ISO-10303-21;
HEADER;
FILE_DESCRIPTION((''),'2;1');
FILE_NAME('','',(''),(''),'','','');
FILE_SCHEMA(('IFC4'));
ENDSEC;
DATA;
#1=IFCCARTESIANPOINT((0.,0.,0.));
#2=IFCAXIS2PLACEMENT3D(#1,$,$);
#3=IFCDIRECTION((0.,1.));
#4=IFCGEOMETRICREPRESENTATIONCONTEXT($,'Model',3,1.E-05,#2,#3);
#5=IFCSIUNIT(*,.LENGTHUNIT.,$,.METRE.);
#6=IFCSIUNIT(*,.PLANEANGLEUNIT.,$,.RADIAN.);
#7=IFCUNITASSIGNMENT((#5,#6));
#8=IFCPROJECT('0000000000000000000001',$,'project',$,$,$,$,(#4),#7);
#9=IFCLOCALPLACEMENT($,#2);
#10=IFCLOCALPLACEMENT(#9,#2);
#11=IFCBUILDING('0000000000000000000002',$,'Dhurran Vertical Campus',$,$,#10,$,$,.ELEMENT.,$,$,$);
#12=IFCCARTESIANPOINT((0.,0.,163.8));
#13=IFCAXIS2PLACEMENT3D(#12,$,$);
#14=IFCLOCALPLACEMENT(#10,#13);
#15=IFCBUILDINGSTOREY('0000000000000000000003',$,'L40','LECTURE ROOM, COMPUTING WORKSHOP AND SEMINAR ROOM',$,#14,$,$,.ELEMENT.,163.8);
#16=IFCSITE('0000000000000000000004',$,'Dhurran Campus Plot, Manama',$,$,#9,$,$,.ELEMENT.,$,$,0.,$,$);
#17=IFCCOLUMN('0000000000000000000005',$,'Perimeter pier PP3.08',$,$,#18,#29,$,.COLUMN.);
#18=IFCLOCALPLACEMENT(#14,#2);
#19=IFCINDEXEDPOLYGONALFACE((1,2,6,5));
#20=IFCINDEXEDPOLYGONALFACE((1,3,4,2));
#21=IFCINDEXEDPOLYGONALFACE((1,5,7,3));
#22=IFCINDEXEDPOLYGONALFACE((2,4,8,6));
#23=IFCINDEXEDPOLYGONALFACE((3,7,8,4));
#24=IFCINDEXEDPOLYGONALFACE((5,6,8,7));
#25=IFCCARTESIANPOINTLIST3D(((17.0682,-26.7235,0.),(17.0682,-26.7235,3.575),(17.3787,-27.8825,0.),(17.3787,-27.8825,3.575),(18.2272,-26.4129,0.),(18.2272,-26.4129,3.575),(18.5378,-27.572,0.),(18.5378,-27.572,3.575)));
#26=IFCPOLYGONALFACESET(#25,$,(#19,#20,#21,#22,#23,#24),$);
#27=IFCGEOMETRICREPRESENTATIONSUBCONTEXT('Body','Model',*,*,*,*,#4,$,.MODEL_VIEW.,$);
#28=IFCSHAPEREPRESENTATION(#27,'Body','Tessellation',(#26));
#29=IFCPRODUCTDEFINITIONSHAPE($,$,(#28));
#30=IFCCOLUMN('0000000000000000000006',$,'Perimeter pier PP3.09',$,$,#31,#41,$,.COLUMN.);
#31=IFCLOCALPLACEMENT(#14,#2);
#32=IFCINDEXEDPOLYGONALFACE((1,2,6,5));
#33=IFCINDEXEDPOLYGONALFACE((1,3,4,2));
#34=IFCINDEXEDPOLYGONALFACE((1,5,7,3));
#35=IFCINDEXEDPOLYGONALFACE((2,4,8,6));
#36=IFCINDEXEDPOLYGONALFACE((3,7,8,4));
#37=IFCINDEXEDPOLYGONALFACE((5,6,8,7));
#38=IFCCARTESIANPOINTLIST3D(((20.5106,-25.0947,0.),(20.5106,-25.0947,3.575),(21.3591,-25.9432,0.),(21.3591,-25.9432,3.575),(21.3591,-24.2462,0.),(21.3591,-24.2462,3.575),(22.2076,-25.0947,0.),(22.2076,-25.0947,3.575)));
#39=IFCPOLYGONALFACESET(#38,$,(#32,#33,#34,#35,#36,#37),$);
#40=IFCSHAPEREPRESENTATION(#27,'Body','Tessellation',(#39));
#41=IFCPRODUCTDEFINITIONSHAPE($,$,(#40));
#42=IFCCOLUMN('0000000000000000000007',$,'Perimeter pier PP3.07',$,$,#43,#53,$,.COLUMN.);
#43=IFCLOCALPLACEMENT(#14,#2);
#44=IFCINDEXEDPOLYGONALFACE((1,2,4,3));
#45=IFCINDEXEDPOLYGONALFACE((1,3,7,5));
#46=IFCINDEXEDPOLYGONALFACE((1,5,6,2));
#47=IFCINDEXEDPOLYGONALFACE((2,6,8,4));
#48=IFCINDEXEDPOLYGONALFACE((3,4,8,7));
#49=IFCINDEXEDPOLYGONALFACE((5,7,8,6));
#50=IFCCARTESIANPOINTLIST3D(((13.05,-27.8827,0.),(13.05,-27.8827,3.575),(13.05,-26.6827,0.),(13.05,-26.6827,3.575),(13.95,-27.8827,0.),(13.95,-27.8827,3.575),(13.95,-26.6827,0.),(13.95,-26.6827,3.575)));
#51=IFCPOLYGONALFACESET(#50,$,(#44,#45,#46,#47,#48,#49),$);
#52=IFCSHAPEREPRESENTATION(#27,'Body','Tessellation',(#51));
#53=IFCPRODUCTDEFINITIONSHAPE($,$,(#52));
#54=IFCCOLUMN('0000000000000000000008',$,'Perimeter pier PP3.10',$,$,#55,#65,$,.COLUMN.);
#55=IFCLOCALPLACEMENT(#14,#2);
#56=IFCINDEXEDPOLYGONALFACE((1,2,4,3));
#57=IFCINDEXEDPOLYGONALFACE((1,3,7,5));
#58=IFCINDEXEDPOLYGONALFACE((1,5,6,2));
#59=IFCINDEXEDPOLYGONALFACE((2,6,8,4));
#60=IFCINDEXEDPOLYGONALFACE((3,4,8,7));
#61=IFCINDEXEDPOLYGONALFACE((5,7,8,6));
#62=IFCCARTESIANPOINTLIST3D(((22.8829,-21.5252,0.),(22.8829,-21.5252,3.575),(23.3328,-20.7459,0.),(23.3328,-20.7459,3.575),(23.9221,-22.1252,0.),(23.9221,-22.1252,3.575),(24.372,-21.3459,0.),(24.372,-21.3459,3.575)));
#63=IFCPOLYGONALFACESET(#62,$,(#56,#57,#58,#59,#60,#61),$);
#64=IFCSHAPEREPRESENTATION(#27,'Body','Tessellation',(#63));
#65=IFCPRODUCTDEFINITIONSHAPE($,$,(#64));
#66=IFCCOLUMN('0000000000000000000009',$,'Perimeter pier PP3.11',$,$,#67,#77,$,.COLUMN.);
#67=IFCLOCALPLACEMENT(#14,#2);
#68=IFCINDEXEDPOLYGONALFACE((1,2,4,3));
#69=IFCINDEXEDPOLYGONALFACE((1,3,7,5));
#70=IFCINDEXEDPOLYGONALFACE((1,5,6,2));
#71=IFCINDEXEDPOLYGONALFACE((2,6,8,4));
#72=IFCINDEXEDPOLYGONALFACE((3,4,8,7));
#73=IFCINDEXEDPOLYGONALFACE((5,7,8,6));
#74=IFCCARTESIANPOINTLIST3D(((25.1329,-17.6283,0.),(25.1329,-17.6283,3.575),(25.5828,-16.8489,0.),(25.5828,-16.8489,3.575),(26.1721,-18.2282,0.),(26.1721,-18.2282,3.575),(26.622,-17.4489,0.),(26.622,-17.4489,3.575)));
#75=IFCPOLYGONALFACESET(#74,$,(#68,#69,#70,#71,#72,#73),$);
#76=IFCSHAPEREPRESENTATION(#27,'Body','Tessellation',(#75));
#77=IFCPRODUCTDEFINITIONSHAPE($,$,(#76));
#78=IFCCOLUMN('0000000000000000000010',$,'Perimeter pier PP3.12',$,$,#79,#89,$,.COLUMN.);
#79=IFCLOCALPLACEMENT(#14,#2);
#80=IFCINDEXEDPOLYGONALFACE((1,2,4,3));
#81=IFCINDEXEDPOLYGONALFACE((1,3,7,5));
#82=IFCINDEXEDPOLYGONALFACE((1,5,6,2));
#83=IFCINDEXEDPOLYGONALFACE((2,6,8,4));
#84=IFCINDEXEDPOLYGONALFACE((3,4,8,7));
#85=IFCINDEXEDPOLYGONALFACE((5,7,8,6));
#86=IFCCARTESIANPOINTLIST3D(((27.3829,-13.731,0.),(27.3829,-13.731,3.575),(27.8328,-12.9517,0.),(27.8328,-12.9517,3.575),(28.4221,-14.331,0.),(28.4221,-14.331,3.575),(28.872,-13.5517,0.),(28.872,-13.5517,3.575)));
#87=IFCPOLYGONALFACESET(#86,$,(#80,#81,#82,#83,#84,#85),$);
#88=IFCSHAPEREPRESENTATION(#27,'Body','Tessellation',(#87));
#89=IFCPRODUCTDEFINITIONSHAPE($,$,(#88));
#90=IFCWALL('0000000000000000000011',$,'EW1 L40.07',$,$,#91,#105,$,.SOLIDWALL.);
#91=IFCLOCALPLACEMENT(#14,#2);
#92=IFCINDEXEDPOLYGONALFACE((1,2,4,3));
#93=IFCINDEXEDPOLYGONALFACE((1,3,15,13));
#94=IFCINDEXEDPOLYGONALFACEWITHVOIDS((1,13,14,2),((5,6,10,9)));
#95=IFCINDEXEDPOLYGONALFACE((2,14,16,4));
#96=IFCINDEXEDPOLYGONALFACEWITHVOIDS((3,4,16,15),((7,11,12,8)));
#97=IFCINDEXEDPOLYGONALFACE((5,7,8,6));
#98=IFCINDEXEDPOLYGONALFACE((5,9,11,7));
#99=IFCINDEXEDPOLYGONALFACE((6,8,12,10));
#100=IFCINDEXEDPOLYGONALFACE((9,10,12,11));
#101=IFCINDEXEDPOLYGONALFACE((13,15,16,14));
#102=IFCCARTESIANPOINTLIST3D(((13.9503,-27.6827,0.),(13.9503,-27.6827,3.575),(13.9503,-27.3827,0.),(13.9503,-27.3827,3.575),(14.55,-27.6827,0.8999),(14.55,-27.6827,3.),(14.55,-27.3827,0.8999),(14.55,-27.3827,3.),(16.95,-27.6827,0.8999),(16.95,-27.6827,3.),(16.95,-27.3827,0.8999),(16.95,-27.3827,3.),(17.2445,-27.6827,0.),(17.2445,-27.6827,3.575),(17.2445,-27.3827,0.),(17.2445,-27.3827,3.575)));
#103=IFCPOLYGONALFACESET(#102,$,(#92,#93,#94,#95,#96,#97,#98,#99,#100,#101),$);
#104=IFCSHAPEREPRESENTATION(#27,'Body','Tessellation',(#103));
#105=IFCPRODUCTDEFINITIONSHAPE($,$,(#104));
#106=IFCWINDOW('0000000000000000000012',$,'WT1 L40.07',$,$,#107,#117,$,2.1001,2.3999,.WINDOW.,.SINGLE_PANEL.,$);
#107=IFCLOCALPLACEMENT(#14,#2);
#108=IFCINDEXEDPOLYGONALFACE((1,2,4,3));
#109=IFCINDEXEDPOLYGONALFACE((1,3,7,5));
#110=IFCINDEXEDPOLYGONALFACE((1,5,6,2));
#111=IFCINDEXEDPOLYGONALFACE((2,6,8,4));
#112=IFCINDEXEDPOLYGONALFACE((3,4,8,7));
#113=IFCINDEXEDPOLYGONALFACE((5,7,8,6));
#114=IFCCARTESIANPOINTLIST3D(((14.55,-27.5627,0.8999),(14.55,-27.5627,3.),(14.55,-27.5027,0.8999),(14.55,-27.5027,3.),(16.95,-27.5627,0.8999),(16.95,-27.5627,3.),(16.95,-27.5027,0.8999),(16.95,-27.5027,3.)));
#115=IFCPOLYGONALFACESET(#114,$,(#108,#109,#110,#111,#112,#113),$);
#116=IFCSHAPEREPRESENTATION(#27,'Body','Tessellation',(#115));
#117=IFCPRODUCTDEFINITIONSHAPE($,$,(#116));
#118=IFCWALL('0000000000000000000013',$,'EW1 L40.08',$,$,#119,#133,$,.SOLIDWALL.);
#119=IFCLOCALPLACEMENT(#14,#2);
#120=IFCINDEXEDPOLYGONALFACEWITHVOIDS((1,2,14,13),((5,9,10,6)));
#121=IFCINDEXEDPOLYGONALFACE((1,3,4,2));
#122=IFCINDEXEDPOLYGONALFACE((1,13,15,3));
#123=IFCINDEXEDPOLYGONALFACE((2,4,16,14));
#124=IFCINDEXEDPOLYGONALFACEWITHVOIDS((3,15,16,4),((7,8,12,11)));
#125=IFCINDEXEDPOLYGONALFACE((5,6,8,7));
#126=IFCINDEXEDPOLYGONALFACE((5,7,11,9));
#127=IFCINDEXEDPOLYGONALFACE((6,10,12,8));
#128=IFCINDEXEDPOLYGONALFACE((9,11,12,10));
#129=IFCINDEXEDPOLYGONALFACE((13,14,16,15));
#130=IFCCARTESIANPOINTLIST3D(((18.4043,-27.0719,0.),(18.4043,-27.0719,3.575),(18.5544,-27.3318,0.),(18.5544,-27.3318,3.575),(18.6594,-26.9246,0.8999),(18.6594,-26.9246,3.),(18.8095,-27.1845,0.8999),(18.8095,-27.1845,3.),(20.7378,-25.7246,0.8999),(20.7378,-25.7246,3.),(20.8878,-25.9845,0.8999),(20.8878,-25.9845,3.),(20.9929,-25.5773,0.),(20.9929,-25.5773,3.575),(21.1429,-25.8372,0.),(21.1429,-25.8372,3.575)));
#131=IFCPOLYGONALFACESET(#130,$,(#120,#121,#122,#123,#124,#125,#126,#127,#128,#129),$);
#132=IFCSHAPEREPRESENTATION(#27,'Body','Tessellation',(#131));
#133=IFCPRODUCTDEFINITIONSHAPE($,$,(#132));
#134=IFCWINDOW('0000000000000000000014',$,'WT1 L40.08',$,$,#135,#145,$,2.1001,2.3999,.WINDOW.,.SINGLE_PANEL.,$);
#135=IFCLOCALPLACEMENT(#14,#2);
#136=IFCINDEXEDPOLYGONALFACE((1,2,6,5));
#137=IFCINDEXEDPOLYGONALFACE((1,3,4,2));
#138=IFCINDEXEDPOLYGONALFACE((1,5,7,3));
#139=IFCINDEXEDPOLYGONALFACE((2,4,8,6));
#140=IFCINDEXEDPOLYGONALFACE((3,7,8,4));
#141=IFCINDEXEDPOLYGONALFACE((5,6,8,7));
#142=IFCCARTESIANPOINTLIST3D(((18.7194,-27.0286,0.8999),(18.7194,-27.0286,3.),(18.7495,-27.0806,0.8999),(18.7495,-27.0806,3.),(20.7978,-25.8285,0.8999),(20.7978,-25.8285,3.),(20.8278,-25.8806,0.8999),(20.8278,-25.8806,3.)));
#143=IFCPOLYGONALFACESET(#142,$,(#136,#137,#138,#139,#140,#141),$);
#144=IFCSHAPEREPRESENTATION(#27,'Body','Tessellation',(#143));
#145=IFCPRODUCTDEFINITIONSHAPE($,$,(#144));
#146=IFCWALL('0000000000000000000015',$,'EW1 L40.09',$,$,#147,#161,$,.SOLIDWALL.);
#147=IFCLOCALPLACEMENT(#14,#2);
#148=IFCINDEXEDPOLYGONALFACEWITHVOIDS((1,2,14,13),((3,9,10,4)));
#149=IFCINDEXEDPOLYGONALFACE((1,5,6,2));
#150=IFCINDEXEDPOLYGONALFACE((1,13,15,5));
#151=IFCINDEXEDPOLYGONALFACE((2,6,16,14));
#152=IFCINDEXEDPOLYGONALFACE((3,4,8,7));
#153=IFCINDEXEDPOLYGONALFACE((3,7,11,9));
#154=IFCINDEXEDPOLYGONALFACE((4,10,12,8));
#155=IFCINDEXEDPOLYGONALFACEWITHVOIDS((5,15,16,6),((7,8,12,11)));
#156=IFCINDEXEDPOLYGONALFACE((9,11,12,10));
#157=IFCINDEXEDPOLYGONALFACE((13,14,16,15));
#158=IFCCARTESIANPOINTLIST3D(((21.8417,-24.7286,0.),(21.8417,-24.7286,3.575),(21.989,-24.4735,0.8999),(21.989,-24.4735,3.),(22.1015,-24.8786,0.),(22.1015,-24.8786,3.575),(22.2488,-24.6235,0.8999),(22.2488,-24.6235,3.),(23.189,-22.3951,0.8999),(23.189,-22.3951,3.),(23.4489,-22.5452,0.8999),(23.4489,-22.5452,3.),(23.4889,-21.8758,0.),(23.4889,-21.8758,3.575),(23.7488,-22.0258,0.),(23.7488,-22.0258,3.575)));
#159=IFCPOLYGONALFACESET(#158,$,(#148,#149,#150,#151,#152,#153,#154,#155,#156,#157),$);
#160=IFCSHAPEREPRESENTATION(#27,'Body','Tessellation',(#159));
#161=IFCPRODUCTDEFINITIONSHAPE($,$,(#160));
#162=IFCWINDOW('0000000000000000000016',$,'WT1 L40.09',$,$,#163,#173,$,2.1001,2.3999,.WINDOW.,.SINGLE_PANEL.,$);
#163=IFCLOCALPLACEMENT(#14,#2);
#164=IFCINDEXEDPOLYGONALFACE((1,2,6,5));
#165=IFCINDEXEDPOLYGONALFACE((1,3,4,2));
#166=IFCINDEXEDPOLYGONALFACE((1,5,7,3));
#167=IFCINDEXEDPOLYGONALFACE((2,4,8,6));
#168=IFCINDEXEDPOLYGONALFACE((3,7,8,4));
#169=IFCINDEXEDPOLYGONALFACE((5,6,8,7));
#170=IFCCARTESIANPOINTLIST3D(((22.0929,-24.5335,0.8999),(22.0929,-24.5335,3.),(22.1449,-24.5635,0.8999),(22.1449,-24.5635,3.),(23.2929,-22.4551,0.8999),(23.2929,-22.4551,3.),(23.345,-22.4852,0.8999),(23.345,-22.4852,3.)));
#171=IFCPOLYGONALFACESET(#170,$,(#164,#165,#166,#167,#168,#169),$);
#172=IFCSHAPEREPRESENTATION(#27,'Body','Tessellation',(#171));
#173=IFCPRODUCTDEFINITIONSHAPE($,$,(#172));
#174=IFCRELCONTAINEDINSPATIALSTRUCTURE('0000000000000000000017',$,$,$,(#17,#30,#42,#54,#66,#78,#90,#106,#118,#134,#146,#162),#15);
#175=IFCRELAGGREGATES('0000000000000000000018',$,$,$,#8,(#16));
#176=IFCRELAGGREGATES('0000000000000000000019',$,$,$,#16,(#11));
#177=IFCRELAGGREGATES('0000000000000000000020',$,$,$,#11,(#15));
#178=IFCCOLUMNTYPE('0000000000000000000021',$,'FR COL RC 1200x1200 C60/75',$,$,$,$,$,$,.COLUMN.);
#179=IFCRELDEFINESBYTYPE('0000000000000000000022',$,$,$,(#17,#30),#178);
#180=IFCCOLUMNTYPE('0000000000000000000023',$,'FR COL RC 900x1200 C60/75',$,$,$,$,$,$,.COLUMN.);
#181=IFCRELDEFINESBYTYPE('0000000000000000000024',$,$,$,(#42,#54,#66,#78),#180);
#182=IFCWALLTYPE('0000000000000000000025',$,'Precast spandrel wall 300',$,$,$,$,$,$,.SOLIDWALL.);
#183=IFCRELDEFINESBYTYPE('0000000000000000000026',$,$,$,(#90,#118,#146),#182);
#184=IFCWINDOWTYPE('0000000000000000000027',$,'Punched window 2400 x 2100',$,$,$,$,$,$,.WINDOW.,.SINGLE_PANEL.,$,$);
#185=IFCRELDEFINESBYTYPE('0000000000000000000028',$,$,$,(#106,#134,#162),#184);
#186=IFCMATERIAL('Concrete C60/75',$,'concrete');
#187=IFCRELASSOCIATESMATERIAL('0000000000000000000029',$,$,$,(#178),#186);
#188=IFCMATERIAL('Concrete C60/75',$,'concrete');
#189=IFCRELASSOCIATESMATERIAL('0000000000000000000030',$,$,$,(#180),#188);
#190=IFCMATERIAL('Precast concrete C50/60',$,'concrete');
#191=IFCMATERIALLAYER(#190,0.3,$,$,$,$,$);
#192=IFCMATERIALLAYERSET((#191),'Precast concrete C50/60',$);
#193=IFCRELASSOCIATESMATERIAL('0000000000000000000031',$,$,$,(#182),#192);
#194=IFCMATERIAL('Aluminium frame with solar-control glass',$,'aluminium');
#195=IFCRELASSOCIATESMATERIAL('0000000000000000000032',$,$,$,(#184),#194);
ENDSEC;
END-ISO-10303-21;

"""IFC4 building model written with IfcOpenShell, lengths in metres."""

from ifc_helpers import new_model, si_unit, direction, frame, frame_2d, origin, origin_2d, place, context, subcontext, project, spatial, rectangle, extrude, material, layer, layer_set, material_profile, profile_set, type_object, element, fill, save


model = new_model("IFC4")

# Units and contexts
model_context = context("Model", 3, precision=1e-05, world=origin(), true_north=direction((0.0, 1.0)))
body_context = subcontext(model_context, "Body", "Model", "MODEL_VIEW")
ifc_project = project(units=[si_unit("LENGTHUNIT", "METRE"), si_unit("PLANEANGLEUNIT", "RADIAN")], contexts=[model_context])

# Site, building, storey
site_placement = place(None, origin())
site = spatial("IfcSite", under=ifc_project, at=site_placement, Name="Dhurran Campus Plot, Manama", CompositionType="ELEMENT", RefElevation=0.0)
building_placement = place(site_placement, origin())
building = spatial("IfcBuilding", under=site, at=building_placement, Name="Dhurran Vertical Campus", CompositionType="ELEMENT")
storey_placement = place(building_placement, frame((0.0, 0.0, 163.8)))
storey = spatial("IfcBuildingStorey", under=building, at=storey_placement, Name="L40", Description="LECTURE ROOM, COMPUTING WORKSHOP AND SEMINAR ROOM", CompositionType="ELEMENT", Elevation=163.8)

# Columns
ifc_material_1 = material(Name="Concrete C60/75", Category="concrete")
ifc_material_profile_1 = material_profile(ifc_material_1, rectangle(XDim=1.2, YDim=1.2, at=origin_2d()), Name="RC 1200x1200")
ifc_profile_set_1 = profile_set([ifc_material_profile_1], Name="Concrete C60/75")
column_type_1 = type_object("IfcColumnType", Name="FR COL RC 1200x1200 C60/75", PredefinedType="COLUMN", material=ifc_profile_set_1)
for number, where, z_axis, x_axis, name in (
    (1, (17.803, -27.1477, 0.0), (0.0, 0.0, 1.0), (0.965926, 0.258819, 0.0), "Perimeter pier PP3.08"),
    (2, (21.3591, -25.0947, 0.0), (0.0, 0.0, 1.0), (0.707107, 0.707107, 0.0), "Perimeter pier PP3.09"),
):
    element("IfcColumn", number, at=place(storey_placement, frame(where, z_axis=z_axis, x_axis=x_axis)), inside=storey, type_object=column_type_1, Name=name, PredefinedType="COLUMN", context=body_context, shape_type="SweptSolid", body=[
        extrude(rectangle(XDim=1.2, YDim=1.2, at=origin_2d()), origin(), (0.0, 0.0, 1.0), 3.575),
    ])
ifc_material_2 = material(Name="Concrete C60/75", Category="concrete")
ifc_material_profile_2 = material_profile(ifc_material_2, rectangle(XDim=0.8999, YDim=1.2, at=origin_2d()), Name="RC 900x1200")
ifc_profile_set_2 = profile_set([ifc_material_profile_2], Name="Concrete C60/75")
column_type_2 = type_object("IfcColumnType", Name="FR COL RC 900x1200 C60/75", PredefinedType="COLUMN", material=ifc_profile_set_2)
for number, where, z_axis, x_axis, name in (
    (3, (13.5, -27.2827, 0.0), (0.0, 0.0, 1.0), (1.0, 0.0, 0.0), "Perimeter pier PP3.07"),
    (4, (23.6274, -21.4355, 0.0), (0.0, 0.0, 1.0), (0.5, 0.866025, 0.0), "Perimeter pier PP3.10"),
    (5, (25.8774, -17.5386, 0.0), (0.0, 0.0, 1.0), (0.5, 0.866025, 0.0), "Perimeter pier PP3.11"),
    (6, (28.1274, -13.6414, 0.0), (0.0, 0.0, 1.0), (0.5, 0.866025, 0.0), "Perimeter pier PP3.12"),
):
    element("IfcColumn", number, at=place(storey_placement, frame(where, z_axis=z_axis, x_axis=x_axis)), inside=storey, type_object=column_type_2, Name=name, PredefinedType="COLUMN", context=body_context, shape_type="SweptSolid", body=[
        extrude(rectangle(XDim=0.8999, YDim=1.2, at=origin_2d()), origin(), (0.0, 0.0, 1.0), 3.575),
    ])

# Walls, openings, windows
ifc_material_3 = material(Name="Precast concrete C50/60", Category="concrete")
ifc_layer_1 = layer(ifc_material_3, 0.3)
ifc_layer_set_1 = layer_set([ifc_layer_1], Name="Precast concrete C50/60")
wall_type_1 = type_object("IfcWallType", Name="Precast spandrel wall 300", PredefinedType="SOLIDWALL", material=ifc_layer_set_1)
wall_1_placement = place(storey_placement, frame((13.9504, -27.5327, 0.0), z_axis=(0.0, 0.0, 1.0), x_axis=(1.0, 0.0, 0.0)))
wall_1 = element("IfcWall", 7, at=wall_1_placement, inside=storey, type_object=wall_type_1, Name="EW1 L40.07", PredefinedType="SOLIDWALL", context=body_context, shape_type="SweptSolid", body=[
    extrude(rectangle(XDim=3.2942, YDim=0.3, at=frame_2d((1.647, 0.0))), origin(), (0.0, 0.0, 1.0), 3.575),
])
opening_1_placement = place(wall_1_placement, frame((0.5996, 0.0, 0.8999)))
opening_1 = element("IfcOpeningElement", 8, at=opening_1_placement, cuts=wall_1, PredefinedType="OPENING", context=body_context, shape_type="SweptSolid", body=[
    extrude(rectangle(XDim=2.3999, YDim=2.1001, at=frame_2d((1.2, 1.05))), frame((0.0, 0.1599, 0.0), z_axis=(0.0, -1.0, 0.0), x_axis=(1.0, 0.0, 0.0)), (0.0, 0.0, 1.0), 0.3201),
])
ifc_material_4 = material(Name="Aluminium frame with solar-control glass", Category="aluminium")
window_type = type_object("IfcWindowType", Name="Punched window 2400 x 2100", PartitioningType="SINGLE_PANEL", PredefinedType="WINDOW", material=ifc_material_4)
window_1_placement = place(opening_1_placement, origin())
window_1 = element("IfcWindow", 9, at=window_1_placement, inside=storey, type_object=window_type, Name="WT1 L40.07", OverallHeight=2.1001, OverallWidth=2.3999, PartitioningType="SINGLE_PANEL", PredefinedType="WINDOW", context=body_context, shape_type="SweptSolid", body=[
    extrude(rectangle(XDim=2.3999, YDim=2.1001, at=frame_2d((1.2, 1.05))), frame((0.0, 0.03, 0.0), z_axis=(0.0, -1.0, 0.0), x_axis=(1.0, 0.0, 0.0)), (0.0, 0.0, 1.0), 0.0601),
])
fill(opening_1, window_1)
wall_2_placement = place(storey_placement, frame((18.4792, -27.2019, 0.0), z_axis=(0.0, 0.0, 1.0), x_axis=(0.866013, 0.500022, 0.0)))
wall_2 = element("IfcWall", 10, at=wall_2_placement, inside=storey, type_object=wall_type_1, Name="EW1 L40.08", PredefinedType="SOLIDWALL", context=body_context, shape_type="SweptSolid", body=[
    extrude(rectangle(XDim=2.989, YDim=0.3, at=frame_2d((1.4946, 0.0))), origin(), (0.0, 0.0, 1.0), 3.575),
])
opening_2_placement = place(wall_2_placement, frame((0.2947, 0.0, 0.8999)))
opening_2 = element("IfcOpeningElement", 11, at=opening_2_placement, cuts=wall_2, PredefinedType="OPENING", context=body_context, shape_type="SweptSolid", body=[
    extrude(rectangle(XDim=2.3999, YDim=2.1001, at=frame_2d((1.2, 1.05))), frame((0.0, 0.1599, 0.0), z_axis=(0.0, -1.0, 0.0), x_axis=(1.0, 0.0, 0.0)), (0.0, 0.0, 1.0), 0.3201),
])
window_2_placement = place(opening_2_placement, origin())
window_2 = element("IfcWindow", 12, at=window_2_placement, inside=storey, type_object=window_type, Name="WT1 L40.08", OverallHeight=2.1001, OverallWidth=2.3999, PartitioningType="SINGLE_PANEL", PredefinedType="WINDOW", context=body_context, shape_type="SweptSolid", body=[
    extrude(rectangle(XDim=2.3999, YDim=2.1001, at=frame_2d((1.2, 1.05))), frame((0.0, 0.03, 0.0), z_axis=(0.0, -1.0, 0.0), x_axis=(1.0, 0.0, 0.0)), (0.0, 0.0, 1.0), 0.0601),
])
fill(opening_2, window_2)
wall_3_placement = place(storey_placement, frame((21.9717, -24.8035, 0.0), z_axis=(0.0, 0.0, 1.0), x_axis=(0.500037, 0.866004, 0.0)))
wall_3 = element("IfcWall", 13, at=wall_3_placement, inside=storey, type_object=wall_type_1, Name="EW1 L40.09", PredefinedType="SOLIDWALL", context=body_context, shape_type="SweptSolid", body=[
    extrude(rectangle(XDim=3.2942, YDim=0.3, at=frame_2d((1.647, 0.0))), origin(), (0.0, 0.0, 1.0), 3.575),
])
opening_3_placement = place(wall_3_placement, frame((0.2944, 0.0, 0.8999)))
opening_3 = element("IfcOpeningElement", 14, at=opening_3_placement, cuts=wall_3, PredefinedType="OPENING", context=body_context, shape_type="SweptSolid", body=[
    extrude(rectangle(XDim=2.3999, YDim=2.1001, at=frame_2d((1.2, 1.05))), frame((0.0, 0.1599, 0.0), z_axis=(0.0, -1.0, 0.0), x_axis=(1.0, 0.0, 0.0)), (0.0, 0.0, 1.0), 0.3201),
])
window_3_placement = place(opening_3_placement, origin())
window_3 = element("IfcWindow", 15, at=window_3_placement, inside=storey, type_object=window_type, Name="WT1 L40.09", OverallHeight=2.1001, OverallWidth=2.3999, PartitioningType="SINGLE_PANEL", PredefinedType="WINDOW", context=body_context, shape_type="SweptSolid", body=[
    extrude(rectangle(XDim=2.3999, YDim=2.1001, at=frame_2d((1.2, 1.05))), frame((0.0, 0.03, 0.0), z_axis=(0.0, -1.0, 0.0), x_axis=(1.0, 0.0, 0.0)), (0.0, 0.0, 1.0), 0.0601),
])
fill(opening_3, window_3)

save(model, "model.ifc")
